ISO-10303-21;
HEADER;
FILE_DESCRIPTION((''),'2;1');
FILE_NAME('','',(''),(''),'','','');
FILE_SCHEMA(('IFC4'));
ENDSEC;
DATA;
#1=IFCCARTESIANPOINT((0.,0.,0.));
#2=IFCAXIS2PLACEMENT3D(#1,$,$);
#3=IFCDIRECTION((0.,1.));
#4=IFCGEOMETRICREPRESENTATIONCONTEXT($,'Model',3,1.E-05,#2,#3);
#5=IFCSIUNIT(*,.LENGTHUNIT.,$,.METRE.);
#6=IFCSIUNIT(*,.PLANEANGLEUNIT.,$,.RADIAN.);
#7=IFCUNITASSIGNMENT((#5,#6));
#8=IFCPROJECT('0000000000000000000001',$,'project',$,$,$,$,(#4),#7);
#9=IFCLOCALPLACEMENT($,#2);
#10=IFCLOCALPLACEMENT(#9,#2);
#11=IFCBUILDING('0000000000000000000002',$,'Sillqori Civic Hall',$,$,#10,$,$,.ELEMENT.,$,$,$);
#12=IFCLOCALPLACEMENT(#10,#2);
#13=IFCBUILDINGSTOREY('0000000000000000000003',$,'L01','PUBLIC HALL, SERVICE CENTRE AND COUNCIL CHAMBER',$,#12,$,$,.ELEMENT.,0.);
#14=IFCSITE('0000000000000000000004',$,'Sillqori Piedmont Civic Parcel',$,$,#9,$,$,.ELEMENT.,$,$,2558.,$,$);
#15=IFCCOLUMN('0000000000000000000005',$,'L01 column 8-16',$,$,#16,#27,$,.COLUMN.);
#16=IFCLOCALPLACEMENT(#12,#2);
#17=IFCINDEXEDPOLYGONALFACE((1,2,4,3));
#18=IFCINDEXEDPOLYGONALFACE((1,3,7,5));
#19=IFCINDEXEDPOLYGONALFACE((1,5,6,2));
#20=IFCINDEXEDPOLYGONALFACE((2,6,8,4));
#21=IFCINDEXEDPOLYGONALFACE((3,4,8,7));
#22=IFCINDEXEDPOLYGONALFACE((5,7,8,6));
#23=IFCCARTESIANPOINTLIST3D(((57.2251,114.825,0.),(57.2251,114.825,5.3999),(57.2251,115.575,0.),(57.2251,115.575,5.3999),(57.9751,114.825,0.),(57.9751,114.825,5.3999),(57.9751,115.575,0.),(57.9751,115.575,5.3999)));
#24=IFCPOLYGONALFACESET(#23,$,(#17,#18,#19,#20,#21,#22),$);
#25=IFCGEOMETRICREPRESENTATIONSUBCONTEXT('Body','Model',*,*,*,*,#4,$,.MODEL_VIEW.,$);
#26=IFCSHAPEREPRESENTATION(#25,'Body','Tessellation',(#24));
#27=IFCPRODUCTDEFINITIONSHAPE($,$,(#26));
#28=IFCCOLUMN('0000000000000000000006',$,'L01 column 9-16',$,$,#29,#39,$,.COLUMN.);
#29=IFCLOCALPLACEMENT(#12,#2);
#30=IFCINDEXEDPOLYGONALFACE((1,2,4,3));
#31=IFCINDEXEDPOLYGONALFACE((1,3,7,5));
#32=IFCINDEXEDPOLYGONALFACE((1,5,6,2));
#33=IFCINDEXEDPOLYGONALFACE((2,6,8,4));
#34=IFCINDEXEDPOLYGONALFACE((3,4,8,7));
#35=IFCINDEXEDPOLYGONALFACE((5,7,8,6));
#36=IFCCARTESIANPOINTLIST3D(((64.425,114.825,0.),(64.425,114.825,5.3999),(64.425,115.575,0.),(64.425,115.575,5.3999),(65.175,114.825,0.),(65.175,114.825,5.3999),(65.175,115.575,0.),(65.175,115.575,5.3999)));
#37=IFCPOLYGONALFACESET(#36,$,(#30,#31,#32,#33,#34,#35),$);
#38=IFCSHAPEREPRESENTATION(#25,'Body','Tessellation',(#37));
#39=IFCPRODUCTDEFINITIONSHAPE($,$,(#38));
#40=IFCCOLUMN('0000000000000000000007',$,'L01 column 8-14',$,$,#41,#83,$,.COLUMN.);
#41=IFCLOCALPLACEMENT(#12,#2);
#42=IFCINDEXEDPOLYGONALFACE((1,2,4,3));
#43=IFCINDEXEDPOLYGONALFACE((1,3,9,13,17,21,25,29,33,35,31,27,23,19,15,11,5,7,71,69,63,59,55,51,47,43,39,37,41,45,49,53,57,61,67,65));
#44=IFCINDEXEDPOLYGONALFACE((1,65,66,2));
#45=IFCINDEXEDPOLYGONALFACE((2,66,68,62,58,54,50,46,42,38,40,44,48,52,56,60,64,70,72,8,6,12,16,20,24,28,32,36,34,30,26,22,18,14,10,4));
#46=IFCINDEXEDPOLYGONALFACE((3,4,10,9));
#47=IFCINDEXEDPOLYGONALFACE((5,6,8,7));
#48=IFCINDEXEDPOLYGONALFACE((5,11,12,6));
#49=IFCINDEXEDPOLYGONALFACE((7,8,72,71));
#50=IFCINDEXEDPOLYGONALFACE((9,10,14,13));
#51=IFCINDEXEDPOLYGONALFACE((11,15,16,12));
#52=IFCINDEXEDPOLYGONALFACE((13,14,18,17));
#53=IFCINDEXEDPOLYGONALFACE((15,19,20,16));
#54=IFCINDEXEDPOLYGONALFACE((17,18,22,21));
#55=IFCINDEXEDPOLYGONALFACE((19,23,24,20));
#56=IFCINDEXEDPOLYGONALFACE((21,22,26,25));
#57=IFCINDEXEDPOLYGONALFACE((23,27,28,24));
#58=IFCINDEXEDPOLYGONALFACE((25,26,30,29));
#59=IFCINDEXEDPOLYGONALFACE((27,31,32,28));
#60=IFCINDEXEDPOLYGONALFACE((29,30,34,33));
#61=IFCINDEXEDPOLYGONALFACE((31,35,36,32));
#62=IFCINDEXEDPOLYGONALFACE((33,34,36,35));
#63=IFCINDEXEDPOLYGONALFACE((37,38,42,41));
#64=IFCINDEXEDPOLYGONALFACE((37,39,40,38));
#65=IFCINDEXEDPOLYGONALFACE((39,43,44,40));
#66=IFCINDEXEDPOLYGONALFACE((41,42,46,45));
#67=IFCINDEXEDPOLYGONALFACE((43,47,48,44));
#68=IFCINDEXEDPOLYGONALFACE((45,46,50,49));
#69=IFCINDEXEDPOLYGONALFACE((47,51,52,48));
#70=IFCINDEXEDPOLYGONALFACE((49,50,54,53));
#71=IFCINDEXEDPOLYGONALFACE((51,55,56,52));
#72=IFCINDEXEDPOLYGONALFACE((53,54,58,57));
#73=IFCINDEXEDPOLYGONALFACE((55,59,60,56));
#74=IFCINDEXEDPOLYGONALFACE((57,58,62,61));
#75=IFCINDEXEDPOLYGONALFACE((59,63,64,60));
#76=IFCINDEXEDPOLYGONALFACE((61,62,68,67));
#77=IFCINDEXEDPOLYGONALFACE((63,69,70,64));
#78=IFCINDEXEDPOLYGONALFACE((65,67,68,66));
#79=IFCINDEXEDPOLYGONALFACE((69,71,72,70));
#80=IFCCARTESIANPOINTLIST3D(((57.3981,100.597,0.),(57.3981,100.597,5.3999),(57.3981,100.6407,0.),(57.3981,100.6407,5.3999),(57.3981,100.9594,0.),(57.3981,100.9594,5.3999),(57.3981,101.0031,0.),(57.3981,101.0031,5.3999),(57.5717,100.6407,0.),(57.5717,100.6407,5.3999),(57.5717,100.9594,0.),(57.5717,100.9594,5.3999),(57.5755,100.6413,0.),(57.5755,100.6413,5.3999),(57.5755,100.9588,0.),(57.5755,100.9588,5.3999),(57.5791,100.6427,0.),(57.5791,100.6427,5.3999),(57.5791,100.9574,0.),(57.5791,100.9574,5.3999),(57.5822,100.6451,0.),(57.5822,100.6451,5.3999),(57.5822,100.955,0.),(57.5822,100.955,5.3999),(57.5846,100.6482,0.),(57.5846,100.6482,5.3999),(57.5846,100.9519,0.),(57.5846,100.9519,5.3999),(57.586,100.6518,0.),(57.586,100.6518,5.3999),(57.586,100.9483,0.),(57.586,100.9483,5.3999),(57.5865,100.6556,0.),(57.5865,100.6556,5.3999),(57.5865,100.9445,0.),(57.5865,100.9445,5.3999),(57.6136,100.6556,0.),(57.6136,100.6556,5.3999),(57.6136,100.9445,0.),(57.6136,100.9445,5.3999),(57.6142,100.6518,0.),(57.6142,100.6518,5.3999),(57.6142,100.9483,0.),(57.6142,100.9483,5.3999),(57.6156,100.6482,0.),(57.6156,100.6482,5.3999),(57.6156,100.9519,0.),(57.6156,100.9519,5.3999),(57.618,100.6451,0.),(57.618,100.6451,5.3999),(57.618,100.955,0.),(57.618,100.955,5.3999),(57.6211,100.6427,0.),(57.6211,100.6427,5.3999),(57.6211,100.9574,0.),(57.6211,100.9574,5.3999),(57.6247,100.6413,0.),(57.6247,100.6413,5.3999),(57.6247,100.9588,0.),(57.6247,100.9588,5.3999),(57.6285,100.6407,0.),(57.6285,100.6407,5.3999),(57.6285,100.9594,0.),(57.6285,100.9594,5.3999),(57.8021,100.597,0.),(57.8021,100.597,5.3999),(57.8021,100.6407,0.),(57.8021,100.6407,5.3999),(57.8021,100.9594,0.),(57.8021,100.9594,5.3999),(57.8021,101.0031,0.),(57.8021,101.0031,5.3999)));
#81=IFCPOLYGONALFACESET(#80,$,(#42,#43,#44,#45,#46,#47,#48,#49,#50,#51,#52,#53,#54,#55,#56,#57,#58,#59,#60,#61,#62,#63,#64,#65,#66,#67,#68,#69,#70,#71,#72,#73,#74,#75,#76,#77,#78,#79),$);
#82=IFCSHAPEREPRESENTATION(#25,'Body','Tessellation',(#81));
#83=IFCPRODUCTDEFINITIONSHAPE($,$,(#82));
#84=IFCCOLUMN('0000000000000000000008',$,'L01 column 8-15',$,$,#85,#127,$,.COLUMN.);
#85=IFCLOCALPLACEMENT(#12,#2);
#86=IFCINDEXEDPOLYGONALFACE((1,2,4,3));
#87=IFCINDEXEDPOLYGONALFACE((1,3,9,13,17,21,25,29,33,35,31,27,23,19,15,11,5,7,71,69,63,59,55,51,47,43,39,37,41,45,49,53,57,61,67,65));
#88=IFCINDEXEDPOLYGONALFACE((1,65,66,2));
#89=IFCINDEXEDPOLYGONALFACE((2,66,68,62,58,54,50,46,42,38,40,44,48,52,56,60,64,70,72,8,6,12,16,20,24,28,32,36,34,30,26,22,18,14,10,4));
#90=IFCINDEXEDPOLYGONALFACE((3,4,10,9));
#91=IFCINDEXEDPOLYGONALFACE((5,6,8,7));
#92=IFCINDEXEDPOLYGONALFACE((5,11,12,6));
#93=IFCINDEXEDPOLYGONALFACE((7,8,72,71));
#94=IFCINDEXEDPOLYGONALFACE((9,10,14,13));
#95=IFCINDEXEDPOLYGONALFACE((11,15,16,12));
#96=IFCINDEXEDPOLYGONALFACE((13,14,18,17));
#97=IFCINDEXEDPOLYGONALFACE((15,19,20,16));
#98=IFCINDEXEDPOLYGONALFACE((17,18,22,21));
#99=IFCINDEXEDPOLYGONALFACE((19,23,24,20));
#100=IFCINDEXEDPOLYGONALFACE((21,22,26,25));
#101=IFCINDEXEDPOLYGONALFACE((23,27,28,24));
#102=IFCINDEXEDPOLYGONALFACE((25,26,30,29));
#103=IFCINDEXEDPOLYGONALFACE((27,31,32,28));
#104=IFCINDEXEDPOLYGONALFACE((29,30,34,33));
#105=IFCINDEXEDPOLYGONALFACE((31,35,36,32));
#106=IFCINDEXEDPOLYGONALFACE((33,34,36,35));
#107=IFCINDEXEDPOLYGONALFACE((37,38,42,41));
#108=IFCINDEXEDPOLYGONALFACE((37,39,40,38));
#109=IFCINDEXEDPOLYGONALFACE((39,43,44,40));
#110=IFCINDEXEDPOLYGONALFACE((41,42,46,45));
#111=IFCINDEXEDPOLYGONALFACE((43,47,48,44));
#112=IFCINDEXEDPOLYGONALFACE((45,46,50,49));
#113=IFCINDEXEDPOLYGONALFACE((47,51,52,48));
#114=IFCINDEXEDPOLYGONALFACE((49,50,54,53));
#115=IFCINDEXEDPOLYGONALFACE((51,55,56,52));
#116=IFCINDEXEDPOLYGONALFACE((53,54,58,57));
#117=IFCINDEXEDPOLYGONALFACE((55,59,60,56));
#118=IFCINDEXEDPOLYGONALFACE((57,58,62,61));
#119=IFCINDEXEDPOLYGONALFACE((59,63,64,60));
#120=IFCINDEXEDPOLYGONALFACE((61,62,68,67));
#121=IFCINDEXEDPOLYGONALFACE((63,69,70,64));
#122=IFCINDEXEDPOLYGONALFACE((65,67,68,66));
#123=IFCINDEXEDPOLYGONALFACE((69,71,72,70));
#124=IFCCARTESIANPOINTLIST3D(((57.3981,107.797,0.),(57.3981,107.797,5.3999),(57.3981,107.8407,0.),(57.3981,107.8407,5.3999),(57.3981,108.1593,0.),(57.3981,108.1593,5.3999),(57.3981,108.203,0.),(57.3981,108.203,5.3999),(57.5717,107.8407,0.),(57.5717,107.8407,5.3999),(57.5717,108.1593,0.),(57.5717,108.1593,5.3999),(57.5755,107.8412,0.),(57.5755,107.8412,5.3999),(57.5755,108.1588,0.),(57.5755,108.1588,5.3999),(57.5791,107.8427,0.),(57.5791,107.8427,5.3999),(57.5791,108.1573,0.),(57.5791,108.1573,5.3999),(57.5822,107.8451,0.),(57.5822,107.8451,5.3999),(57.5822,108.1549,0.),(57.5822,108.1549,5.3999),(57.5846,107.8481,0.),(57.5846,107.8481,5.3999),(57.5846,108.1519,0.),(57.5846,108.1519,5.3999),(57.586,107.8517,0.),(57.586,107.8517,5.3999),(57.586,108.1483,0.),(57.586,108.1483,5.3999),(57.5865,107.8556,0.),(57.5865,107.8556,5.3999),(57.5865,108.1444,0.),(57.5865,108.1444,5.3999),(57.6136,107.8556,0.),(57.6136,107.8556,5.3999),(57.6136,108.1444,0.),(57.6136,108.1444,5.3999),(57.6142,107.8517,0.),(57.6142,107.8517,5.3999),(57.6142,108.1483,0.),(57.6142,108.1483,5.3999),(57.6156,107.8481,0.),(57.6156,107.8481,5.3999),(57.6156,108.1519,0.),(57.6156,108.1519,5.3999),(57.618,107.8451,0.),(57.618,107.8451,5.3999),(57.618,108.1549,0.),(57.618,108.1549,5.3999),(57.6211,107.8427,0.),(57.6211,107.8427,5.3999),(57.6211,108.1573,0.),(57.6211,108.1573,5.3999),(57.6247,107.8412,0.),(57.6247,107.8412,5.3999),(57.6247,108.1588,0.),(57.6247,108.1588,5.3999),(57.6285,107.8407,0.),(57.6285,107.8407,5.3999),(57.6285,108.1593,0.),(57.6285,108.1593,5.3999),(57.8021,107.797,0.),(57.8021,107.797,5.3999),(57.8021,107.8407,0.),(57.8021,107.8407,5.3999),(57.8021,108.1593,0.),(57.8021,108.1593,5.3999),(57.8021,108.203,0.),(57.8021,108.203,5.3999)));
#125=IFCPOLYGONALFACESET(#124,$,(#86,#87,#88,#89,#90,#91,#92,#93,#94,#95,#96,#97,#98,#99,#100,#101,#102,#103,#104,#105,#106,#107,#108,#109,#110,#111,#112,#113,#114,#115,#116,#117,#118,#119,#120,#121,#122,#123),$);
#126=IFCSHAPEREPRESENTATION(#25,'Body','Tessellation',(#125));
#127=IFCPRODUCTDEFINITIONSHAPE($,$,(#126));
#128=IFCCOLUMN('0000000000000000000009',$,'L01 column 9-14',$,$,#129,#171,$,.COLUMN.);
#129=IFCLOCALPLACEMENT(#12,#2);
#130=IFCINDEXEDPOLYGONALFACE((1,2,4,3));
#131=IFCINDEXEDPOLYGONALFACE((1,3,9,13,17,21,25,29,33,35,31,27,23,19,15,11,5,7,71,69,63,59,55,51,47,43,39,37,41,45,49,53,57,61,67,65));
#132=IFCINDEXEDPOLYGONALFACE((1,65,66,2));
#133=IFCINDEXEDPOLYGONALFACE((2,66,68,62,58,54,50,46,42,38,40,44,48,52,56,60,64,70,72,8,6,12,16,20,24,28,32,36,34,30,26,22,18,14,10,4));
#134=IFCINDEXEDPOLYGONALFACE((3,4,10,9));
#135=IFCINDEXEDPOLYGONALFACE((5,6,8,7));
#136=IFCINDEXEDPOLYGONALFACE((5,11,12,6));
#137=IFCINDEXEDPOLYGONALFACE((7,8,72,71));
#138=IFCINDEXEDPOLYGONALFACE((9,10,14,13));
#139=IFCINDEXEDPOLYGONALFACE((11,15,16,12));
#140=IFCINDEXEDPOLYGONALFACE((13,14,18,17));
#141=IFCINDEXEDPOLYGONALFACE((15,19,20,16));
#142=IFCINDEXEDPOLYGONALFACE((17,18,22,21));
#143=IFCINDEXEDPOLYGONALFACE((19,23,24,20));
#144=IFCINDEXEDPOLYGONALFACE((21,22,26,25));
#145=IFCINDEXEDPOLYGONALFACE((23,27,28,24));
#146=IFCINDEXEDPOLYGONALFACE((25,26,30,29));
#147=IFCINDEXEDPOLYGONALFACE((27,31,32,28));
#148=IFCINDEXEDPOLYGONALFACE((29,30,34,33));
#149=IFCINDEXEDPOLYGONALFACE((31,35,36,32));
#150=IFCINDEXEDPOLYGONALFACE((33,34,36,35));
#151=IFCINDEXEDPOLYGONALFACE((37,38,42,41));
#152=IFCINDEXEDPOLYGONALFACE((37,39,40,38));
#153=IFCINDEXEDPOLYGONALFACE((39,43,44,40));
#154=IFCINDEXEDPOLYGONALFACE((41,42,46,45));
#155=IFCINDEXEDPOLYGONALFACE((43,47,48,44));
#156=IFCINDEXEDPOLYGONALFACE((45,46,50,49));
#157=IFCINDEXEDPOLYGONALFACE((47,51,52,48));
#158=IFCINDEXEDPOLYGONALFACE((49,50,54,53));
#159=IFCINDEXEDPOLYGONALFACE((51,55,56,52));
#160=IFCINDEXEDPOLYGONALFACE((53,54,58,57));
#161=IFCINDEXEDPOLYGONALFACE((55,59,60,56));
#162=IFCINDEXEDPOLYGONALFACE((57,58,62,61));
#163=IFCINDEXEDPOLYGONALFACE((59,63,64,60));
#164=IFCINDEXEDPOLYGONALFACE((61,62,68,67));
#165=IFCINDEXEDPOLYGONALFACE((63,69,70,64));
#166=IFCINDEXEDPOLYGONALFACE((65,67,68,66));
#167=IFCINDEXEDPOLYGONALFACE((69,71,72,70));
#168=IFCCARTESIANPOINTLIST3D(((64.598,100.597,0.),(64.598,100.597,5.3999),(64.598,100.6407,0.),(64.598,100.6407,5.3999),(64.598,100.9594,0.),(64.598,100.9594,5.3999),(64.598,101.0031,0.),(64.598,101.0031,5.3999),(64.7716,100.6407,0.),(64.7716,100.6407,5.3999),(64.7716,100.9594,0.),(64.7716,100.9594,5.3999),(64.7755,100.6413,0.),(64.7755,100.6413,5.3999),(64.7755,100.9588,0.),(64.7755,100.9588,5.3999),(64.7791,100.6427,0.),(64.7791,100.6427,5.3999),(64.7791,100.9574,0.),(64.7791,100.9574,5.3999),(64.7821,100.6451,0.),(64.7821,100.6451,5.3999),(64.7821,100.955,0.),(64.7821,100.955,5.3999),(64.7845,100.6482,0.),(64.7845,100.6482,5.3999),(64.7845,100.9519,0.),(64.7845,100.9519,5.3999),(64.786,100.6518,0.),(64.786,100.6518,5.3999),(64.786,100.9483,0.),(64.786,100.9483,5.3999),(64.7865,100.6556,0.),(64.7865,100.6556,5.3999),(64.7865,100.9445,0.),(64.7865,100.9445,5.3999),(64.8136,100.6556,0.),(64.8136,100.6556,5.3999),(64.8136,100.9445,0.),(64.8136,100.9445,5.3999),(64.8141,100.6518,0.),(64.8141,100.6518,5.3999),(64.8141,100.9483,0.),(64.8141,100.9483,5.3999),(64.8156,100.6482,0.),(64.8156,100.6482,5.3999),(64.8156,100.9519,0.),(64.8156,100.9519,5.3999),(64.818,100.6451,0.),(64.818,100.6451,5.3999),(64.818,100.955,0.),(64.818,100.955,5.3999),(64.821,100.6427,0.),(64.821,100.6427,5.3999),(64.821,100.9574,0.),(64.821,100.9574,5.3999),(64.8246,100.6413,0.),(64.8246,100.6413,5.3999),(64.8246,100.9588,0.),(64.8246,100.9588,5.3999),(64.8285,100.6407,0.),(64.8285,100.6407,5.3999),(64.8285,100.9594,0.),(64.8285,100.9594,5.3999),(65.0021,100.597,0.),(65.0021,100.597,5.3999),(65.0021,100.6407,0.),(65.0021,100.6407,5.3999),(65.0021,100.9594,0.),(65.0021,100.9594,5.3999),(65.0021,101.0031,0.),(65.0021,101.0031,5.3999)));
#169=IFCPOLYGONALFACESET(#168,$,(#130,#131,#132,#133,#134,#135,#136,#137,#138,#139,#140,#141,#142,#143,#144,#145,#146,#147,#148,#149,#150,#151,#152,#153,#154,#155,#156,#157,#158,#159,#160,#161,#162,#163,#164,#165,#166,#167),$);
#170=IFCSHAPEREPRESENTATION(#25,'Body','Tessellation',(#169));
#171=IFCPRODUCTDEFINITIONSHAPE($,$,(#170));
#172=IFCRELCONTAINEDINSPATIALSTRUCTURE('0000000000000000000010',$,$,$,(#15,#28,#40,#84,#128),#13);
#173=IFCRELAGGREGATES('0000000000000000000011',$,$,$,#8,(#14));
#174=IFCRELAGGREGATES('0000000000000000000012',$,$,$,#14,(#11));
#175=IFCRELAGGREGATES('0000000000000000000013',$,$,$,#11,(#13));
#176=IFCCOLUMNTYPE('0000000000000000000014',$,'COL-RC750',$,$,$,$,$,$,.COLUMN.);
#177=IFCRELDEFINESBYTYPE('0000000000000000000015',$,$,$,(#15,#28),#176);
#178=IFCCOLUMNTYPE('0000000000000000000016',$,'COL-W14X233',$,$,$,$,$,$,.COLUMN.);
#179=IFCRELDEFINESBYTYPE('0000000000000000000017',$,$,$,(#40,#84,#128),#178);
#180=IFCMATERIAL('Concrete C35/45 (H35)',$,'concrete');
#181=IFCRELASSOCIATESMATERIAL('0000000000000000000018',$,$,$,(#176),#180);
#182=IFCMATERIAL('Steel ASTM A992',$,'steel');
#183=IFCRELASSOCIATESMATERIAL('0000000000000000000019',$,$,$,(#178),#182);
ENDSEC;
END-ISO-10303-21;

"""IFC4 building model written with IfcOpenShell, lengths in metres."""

from ifc_helpers import new_model, si_unit, direction, frame, origin, origin_2d, place, context, subcontext, project, spatial, rectangle, i_section, extrude, material, material_profile, profile_set, type_object, element, save


model = new_model("IFC4")

# Units and contexts
model_context = context("Model", 3, precision=1e-05, world=origin(), true_north=direction((0.0, 1.0)))
body_context = subcontext(model_context, "Body", "Model", "MODEL_VIEW")
ifc_project = project(units=[si_unit("LENGTHUNIT", "METRE"), si_unit("PLANEANGLEUNIT", "RADIAN")], contexts=[model_context])

# Site, building, storey
site_placement = place(None, origin())
site = spatial("IfcSite", under=ifc_project, at=site_placement, Name="Sillqori Piedmont Civic Parcel", CompositionType="ELEMENT", RefElevation=2558.0)
building_placement = place(site_placement, origin())
building = spatial("IfcBuilding", under=site, at=building_placement, Name="Sillqori Civic Hall", CompositionType="ELEMENT")
storey_placement = place(building_placement, origin())
storey = spatial("IfcBuildingStorey", under=building, at=storey_placement, Name="L01", Description="PUBLIC HALL, SERVICE CENTRE AND COUNCIL CHAMBER", CompositionType="ELEMENT", Elevation=0.0)

# Columns
ifc_material_1 = material(Name="Concrete C35/45 (H35)", Category="concrete")
ifc_material_profile_1 = material_profile(ifc_material_1, rectangle(XDim=0.75, YDim=0.75, at=origin_2d()), Name="RC 750x750")
ifc_profile_set_1 = profile_set([ifc_material_profile_1], Name="Concrete C35/45 (H35)")
column_type_1 = type_object("IfcColumnType", Name="COL-RC750", PredefinedType="COLUMN", material=ifc_profile_set_1)
for number, where, z_axis, x_axis, name in (
    (1, (57.6001, 115.2, 0.0), (0.0, 0.0, 1.0), (1.0, 0.0, 0.0), "L01 column 8-16"),
    (2, (64.8, 115.2, 0.0), (0.0, 0.0, 1.0), (1.0, 0.0, 0.0), "L01 column 9-16"),
):
    element("IfcColumn", number, at=place(storey_placement, frame(where, z_axis=z_axis, x_axis=x_axis)), inside=storey, type_object=column_type_1, Name=name, PredefinedType="COLUMN", context=body_context, shape_type="SweptSolid", body=[
        extrude(rectangle(XDim=0.75, YDim=0.75, at=origin_2d()), origin(), (0.0, 0.0, 1.0), 5.3999),
    ])
ifc_material_2 = material(Name="Steel ASTM A992", Category="steel")
ifc_material_profile_2 = material_profile(ifc_material_2, i_section(OverallWidth=0.4041, OverallDepth=0.406, WebThickness=0.0271, FlangeThickness=0.0437, FilletRadius=0.0149, at=origin_2d()), Name="W14X233")
ifc_profile_set_2 = profile_set([ifc_material_profile_2], Name="Steel ASTM A992")
column_type_2 = type_object("IfcColumnType", Name="COL-W14X233", PredefinedType="COLUMN", material=ifc_profile_set_2)
for number, where, z_axis, x_axis, name in (
    (3, (57.6001, 100.8, 0.0), (0.0, 0.0, 1.0), (1.0, 0.0, 0.0), "L01 column 8-14"),
    (4, (57.6001, 108.0, 0.0), (0.0, 0.0, 1.0), (1.0, 0.0, 0.0), "L01 column 8-15"),
    (5, (64.8, 100.8, 0.0), (0.0, 0.0, 1.0), (1.0, 0.0, 0.0), "L01 column 9-14"),
):
    element("IfcColumn", number, at=place(storey_placement, frame(where, z_axis=z_axis, x_axis=x_axis)), inside=storey, type_object=column_type_2, Name=name, PredefinedType="COLUMN", context=body_context, shape_type="SweptSolid", body=[
        extrude(i_section(OverallWidth=0.4041, OverallDepth=0.406, WebThickness=0.0271, FlangeThickness=0.0437, FilletRadius=0.0149, at=origin_2d()), origin(), (0.0, 0.0, 1.0), 5.3999),
    ])

save(model, "model.ifc")
